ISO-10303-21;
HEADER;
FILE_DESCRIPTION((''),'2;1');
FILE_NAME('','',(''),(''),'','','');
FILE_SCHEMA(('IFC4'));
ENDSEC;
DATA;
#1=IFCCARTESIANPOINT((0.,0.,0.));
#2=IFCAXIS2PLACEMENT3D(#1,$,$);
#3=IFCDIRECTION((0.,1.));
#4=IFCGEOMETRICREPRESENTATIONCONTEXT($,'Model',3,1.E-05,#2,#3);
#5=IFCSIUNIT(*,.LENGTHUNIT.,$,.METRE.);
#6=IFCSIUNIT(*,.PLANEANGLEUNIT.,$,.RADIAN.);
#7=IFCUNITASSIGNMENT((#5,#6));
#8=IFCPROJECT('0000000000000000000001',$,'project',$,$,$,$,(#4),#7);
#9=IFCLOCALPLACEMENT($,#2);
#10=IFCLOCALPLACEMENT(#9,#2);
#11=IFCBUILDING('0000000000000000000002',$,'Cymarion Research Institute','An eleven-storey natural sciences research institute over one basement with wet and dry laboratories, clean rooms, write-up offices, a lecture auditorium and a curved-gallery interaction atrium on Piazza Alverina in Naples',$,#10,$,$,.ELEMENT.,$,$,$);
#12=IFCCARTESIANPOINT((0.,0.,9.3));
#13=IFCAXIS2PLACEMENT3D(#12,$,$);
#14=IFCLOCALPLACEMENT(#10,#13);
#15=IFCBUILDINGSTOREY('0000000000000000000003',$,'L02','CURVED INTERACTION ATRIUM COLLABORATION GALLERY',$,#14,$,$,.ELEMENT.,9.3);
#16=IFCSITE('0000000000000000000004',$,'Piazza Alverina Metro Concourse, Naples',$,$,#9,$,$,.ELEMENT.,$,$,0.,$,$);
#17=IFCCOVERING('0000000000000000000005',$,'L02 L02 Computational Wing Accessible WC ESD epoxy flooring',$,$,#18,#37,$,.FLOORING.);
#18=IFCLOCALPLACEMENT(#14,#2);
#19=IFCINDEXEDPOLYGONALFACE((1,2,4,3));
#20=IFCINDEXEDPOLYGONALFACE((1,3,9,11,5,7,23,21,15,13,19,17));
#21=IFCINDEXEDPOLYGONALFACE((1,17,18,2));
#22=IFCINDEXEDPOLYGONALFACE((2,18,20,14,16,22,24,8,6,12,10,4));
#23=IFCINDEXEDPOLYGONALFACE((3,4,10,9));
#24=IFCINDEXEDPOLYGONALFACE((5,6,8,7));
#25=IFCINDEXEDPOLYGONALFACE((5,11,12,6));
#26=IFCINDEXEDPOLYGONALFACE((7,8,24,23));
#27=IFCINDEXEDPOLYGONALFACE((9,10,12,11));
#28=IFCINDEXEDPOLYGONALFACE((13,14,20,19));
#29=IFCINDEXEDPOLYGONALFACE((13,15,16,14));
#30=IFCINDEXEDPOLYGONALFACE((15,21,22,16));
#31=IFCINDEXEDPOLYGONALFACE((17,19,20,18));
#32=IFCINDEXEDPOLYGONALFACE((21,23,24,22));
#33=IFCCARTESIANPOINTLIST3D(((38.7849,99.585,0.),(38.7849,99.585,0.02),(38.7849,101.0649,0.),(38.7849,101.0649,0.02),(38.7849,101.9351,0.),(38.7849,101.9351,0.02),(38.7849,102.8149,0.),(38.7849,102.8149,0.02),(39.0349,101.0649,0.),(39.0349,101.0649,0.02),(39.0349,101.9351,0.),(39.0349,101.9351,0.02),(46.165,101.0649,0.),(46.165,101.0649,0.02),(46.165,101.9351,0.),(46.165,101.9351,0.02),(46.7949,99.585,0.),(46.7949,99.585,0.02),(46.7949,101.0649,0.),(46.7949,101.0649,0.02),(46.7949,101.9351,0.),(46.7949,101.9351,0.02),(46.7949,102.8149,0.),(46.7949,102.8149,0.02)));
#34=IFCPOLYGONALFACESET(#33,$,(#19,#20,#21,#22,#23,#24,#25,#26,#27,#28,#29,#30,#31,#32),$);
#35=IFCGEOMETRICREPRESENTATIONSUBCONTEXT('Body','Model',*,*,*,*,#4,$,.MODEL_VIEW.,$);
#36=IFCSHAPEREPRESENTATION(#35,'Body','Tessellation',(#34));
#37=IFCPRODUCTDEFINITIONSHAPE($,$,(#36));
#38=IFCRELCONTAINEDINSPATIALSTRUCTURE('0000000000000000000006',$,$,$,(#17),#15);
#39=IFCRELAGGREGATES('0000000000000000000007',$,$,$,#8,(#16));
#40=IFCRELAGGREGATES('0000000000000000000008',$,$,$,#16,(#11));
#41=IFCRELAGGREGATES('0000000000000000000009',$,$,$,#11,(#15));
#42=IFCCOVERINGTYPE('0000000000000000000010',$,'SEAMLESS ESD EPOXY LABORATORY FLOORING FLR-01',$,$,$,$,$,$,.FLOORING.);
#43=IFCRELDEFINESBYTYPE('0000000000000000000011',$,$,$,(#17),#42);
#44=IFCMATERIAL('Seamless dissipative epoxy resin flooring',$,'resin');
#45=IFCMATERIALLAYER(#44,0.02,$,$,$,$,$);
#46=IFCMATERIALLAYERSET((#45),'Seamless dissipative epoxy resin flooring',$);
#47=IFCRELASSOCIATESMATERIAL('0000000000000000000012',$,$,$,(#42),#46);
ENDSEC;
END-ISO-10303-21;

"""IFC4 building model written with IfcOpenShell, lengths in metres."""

from ifc_helpers import new_model, si_unit, direction, frame, origin, place, context, subcontext, project, spatial, polyline, outline, extrude, material, layer, layer_set, type_object, element, save


model = new_model("IFC4")

# Units and contexts
model_context = context("Model", 3, precision=1e-05, world=origin(), true_north=direction((0.0, 1.0)))
body_context = subcontext(model_context, "Body", "Model", "MODEL_VIEW")
ifc_project = project(units=[si_unit("LENGTHUNIT", "METRE"), si_unit("PLANEANGLEUNIT", "RADIAN")], contexts=[model_context])

# Site, building, storey
site_placement = place(None, origin())
site = spatial("IfcSite", under=ifc_project, at=site_placement, Name="Piazza Alverina Metro Concourse, Naples", CompositionType="ELEMENT", RefElevation=0.0)
building_placement = place(site_placement, origin())
building = spatial("IfcBuilding", under=site, at=building_placement, Name="Cymarion Research Institute", Description="An eleven-storey natural sciences research institute over one basement with wet and dry laboratories, clean rooms, write-up offices, a lecture auditorium and a curved-gallery interaction atrium on Piazza Alverina in Naples", CompositionType="ELEMENT")
storey_placement = place(building_placement, frame((0.0, 0.0, 9.3)))
storey = spatial("IfcBuildingStorey", under=building, at=storey_placement, Name="L02", Description="CURVED INTERACTION ATRIUM COLLABORATION GALLERY", CompositionType="ELEMENT", Elevation=9.3)

# Covering
ifc_material_1 = material(Name="Seamless dissipative epoxy resin flooring", Category="resin")
ifc_layer_1 = layer(ifc_material_1, 0.02)
ifc_layer_set_1 = layer_set([ifc_layer_1], Name="Seamless dissipative epoxy resin flooring")
covering_type_1 = type_object("IfcCoveringType", Name="SEAMLESS ESD EPOXY LABORATORY FLOORING FLR-01", PredefinedType="FLOORING", material=ifc_layer_set_1)
covering_1_placement = place(storey_placement, origin())
element("IfcCovering", 1, at=covering_1_placement, inside=storey, type_object=covering_type_1, Name="L02 L02 Computational Wing Accessible WC ESD epoxy flooring", PredefinedType="FLOORING", context=body_context, shape_type="SweptSolid", body=[
    extrude(outline(polyline([(38.7849, 101.0649), (39.0349, 101.0649), (39.0349, 101.9351), (38.7849, 101.9351), (38.7849, 102.8149), (46.7949, 102.8149), (46.7949, 101.9351), (46.165, 101.9351), (46.165, 101.0649), (46.7949, 101.0649), (46.7949, 99.585), (38.7849, 99.585), (38.7849, 101.0649)])), origin(), (0.0, 0.0, 1.0), 0.02),
])

save(model, "model.ifc")
